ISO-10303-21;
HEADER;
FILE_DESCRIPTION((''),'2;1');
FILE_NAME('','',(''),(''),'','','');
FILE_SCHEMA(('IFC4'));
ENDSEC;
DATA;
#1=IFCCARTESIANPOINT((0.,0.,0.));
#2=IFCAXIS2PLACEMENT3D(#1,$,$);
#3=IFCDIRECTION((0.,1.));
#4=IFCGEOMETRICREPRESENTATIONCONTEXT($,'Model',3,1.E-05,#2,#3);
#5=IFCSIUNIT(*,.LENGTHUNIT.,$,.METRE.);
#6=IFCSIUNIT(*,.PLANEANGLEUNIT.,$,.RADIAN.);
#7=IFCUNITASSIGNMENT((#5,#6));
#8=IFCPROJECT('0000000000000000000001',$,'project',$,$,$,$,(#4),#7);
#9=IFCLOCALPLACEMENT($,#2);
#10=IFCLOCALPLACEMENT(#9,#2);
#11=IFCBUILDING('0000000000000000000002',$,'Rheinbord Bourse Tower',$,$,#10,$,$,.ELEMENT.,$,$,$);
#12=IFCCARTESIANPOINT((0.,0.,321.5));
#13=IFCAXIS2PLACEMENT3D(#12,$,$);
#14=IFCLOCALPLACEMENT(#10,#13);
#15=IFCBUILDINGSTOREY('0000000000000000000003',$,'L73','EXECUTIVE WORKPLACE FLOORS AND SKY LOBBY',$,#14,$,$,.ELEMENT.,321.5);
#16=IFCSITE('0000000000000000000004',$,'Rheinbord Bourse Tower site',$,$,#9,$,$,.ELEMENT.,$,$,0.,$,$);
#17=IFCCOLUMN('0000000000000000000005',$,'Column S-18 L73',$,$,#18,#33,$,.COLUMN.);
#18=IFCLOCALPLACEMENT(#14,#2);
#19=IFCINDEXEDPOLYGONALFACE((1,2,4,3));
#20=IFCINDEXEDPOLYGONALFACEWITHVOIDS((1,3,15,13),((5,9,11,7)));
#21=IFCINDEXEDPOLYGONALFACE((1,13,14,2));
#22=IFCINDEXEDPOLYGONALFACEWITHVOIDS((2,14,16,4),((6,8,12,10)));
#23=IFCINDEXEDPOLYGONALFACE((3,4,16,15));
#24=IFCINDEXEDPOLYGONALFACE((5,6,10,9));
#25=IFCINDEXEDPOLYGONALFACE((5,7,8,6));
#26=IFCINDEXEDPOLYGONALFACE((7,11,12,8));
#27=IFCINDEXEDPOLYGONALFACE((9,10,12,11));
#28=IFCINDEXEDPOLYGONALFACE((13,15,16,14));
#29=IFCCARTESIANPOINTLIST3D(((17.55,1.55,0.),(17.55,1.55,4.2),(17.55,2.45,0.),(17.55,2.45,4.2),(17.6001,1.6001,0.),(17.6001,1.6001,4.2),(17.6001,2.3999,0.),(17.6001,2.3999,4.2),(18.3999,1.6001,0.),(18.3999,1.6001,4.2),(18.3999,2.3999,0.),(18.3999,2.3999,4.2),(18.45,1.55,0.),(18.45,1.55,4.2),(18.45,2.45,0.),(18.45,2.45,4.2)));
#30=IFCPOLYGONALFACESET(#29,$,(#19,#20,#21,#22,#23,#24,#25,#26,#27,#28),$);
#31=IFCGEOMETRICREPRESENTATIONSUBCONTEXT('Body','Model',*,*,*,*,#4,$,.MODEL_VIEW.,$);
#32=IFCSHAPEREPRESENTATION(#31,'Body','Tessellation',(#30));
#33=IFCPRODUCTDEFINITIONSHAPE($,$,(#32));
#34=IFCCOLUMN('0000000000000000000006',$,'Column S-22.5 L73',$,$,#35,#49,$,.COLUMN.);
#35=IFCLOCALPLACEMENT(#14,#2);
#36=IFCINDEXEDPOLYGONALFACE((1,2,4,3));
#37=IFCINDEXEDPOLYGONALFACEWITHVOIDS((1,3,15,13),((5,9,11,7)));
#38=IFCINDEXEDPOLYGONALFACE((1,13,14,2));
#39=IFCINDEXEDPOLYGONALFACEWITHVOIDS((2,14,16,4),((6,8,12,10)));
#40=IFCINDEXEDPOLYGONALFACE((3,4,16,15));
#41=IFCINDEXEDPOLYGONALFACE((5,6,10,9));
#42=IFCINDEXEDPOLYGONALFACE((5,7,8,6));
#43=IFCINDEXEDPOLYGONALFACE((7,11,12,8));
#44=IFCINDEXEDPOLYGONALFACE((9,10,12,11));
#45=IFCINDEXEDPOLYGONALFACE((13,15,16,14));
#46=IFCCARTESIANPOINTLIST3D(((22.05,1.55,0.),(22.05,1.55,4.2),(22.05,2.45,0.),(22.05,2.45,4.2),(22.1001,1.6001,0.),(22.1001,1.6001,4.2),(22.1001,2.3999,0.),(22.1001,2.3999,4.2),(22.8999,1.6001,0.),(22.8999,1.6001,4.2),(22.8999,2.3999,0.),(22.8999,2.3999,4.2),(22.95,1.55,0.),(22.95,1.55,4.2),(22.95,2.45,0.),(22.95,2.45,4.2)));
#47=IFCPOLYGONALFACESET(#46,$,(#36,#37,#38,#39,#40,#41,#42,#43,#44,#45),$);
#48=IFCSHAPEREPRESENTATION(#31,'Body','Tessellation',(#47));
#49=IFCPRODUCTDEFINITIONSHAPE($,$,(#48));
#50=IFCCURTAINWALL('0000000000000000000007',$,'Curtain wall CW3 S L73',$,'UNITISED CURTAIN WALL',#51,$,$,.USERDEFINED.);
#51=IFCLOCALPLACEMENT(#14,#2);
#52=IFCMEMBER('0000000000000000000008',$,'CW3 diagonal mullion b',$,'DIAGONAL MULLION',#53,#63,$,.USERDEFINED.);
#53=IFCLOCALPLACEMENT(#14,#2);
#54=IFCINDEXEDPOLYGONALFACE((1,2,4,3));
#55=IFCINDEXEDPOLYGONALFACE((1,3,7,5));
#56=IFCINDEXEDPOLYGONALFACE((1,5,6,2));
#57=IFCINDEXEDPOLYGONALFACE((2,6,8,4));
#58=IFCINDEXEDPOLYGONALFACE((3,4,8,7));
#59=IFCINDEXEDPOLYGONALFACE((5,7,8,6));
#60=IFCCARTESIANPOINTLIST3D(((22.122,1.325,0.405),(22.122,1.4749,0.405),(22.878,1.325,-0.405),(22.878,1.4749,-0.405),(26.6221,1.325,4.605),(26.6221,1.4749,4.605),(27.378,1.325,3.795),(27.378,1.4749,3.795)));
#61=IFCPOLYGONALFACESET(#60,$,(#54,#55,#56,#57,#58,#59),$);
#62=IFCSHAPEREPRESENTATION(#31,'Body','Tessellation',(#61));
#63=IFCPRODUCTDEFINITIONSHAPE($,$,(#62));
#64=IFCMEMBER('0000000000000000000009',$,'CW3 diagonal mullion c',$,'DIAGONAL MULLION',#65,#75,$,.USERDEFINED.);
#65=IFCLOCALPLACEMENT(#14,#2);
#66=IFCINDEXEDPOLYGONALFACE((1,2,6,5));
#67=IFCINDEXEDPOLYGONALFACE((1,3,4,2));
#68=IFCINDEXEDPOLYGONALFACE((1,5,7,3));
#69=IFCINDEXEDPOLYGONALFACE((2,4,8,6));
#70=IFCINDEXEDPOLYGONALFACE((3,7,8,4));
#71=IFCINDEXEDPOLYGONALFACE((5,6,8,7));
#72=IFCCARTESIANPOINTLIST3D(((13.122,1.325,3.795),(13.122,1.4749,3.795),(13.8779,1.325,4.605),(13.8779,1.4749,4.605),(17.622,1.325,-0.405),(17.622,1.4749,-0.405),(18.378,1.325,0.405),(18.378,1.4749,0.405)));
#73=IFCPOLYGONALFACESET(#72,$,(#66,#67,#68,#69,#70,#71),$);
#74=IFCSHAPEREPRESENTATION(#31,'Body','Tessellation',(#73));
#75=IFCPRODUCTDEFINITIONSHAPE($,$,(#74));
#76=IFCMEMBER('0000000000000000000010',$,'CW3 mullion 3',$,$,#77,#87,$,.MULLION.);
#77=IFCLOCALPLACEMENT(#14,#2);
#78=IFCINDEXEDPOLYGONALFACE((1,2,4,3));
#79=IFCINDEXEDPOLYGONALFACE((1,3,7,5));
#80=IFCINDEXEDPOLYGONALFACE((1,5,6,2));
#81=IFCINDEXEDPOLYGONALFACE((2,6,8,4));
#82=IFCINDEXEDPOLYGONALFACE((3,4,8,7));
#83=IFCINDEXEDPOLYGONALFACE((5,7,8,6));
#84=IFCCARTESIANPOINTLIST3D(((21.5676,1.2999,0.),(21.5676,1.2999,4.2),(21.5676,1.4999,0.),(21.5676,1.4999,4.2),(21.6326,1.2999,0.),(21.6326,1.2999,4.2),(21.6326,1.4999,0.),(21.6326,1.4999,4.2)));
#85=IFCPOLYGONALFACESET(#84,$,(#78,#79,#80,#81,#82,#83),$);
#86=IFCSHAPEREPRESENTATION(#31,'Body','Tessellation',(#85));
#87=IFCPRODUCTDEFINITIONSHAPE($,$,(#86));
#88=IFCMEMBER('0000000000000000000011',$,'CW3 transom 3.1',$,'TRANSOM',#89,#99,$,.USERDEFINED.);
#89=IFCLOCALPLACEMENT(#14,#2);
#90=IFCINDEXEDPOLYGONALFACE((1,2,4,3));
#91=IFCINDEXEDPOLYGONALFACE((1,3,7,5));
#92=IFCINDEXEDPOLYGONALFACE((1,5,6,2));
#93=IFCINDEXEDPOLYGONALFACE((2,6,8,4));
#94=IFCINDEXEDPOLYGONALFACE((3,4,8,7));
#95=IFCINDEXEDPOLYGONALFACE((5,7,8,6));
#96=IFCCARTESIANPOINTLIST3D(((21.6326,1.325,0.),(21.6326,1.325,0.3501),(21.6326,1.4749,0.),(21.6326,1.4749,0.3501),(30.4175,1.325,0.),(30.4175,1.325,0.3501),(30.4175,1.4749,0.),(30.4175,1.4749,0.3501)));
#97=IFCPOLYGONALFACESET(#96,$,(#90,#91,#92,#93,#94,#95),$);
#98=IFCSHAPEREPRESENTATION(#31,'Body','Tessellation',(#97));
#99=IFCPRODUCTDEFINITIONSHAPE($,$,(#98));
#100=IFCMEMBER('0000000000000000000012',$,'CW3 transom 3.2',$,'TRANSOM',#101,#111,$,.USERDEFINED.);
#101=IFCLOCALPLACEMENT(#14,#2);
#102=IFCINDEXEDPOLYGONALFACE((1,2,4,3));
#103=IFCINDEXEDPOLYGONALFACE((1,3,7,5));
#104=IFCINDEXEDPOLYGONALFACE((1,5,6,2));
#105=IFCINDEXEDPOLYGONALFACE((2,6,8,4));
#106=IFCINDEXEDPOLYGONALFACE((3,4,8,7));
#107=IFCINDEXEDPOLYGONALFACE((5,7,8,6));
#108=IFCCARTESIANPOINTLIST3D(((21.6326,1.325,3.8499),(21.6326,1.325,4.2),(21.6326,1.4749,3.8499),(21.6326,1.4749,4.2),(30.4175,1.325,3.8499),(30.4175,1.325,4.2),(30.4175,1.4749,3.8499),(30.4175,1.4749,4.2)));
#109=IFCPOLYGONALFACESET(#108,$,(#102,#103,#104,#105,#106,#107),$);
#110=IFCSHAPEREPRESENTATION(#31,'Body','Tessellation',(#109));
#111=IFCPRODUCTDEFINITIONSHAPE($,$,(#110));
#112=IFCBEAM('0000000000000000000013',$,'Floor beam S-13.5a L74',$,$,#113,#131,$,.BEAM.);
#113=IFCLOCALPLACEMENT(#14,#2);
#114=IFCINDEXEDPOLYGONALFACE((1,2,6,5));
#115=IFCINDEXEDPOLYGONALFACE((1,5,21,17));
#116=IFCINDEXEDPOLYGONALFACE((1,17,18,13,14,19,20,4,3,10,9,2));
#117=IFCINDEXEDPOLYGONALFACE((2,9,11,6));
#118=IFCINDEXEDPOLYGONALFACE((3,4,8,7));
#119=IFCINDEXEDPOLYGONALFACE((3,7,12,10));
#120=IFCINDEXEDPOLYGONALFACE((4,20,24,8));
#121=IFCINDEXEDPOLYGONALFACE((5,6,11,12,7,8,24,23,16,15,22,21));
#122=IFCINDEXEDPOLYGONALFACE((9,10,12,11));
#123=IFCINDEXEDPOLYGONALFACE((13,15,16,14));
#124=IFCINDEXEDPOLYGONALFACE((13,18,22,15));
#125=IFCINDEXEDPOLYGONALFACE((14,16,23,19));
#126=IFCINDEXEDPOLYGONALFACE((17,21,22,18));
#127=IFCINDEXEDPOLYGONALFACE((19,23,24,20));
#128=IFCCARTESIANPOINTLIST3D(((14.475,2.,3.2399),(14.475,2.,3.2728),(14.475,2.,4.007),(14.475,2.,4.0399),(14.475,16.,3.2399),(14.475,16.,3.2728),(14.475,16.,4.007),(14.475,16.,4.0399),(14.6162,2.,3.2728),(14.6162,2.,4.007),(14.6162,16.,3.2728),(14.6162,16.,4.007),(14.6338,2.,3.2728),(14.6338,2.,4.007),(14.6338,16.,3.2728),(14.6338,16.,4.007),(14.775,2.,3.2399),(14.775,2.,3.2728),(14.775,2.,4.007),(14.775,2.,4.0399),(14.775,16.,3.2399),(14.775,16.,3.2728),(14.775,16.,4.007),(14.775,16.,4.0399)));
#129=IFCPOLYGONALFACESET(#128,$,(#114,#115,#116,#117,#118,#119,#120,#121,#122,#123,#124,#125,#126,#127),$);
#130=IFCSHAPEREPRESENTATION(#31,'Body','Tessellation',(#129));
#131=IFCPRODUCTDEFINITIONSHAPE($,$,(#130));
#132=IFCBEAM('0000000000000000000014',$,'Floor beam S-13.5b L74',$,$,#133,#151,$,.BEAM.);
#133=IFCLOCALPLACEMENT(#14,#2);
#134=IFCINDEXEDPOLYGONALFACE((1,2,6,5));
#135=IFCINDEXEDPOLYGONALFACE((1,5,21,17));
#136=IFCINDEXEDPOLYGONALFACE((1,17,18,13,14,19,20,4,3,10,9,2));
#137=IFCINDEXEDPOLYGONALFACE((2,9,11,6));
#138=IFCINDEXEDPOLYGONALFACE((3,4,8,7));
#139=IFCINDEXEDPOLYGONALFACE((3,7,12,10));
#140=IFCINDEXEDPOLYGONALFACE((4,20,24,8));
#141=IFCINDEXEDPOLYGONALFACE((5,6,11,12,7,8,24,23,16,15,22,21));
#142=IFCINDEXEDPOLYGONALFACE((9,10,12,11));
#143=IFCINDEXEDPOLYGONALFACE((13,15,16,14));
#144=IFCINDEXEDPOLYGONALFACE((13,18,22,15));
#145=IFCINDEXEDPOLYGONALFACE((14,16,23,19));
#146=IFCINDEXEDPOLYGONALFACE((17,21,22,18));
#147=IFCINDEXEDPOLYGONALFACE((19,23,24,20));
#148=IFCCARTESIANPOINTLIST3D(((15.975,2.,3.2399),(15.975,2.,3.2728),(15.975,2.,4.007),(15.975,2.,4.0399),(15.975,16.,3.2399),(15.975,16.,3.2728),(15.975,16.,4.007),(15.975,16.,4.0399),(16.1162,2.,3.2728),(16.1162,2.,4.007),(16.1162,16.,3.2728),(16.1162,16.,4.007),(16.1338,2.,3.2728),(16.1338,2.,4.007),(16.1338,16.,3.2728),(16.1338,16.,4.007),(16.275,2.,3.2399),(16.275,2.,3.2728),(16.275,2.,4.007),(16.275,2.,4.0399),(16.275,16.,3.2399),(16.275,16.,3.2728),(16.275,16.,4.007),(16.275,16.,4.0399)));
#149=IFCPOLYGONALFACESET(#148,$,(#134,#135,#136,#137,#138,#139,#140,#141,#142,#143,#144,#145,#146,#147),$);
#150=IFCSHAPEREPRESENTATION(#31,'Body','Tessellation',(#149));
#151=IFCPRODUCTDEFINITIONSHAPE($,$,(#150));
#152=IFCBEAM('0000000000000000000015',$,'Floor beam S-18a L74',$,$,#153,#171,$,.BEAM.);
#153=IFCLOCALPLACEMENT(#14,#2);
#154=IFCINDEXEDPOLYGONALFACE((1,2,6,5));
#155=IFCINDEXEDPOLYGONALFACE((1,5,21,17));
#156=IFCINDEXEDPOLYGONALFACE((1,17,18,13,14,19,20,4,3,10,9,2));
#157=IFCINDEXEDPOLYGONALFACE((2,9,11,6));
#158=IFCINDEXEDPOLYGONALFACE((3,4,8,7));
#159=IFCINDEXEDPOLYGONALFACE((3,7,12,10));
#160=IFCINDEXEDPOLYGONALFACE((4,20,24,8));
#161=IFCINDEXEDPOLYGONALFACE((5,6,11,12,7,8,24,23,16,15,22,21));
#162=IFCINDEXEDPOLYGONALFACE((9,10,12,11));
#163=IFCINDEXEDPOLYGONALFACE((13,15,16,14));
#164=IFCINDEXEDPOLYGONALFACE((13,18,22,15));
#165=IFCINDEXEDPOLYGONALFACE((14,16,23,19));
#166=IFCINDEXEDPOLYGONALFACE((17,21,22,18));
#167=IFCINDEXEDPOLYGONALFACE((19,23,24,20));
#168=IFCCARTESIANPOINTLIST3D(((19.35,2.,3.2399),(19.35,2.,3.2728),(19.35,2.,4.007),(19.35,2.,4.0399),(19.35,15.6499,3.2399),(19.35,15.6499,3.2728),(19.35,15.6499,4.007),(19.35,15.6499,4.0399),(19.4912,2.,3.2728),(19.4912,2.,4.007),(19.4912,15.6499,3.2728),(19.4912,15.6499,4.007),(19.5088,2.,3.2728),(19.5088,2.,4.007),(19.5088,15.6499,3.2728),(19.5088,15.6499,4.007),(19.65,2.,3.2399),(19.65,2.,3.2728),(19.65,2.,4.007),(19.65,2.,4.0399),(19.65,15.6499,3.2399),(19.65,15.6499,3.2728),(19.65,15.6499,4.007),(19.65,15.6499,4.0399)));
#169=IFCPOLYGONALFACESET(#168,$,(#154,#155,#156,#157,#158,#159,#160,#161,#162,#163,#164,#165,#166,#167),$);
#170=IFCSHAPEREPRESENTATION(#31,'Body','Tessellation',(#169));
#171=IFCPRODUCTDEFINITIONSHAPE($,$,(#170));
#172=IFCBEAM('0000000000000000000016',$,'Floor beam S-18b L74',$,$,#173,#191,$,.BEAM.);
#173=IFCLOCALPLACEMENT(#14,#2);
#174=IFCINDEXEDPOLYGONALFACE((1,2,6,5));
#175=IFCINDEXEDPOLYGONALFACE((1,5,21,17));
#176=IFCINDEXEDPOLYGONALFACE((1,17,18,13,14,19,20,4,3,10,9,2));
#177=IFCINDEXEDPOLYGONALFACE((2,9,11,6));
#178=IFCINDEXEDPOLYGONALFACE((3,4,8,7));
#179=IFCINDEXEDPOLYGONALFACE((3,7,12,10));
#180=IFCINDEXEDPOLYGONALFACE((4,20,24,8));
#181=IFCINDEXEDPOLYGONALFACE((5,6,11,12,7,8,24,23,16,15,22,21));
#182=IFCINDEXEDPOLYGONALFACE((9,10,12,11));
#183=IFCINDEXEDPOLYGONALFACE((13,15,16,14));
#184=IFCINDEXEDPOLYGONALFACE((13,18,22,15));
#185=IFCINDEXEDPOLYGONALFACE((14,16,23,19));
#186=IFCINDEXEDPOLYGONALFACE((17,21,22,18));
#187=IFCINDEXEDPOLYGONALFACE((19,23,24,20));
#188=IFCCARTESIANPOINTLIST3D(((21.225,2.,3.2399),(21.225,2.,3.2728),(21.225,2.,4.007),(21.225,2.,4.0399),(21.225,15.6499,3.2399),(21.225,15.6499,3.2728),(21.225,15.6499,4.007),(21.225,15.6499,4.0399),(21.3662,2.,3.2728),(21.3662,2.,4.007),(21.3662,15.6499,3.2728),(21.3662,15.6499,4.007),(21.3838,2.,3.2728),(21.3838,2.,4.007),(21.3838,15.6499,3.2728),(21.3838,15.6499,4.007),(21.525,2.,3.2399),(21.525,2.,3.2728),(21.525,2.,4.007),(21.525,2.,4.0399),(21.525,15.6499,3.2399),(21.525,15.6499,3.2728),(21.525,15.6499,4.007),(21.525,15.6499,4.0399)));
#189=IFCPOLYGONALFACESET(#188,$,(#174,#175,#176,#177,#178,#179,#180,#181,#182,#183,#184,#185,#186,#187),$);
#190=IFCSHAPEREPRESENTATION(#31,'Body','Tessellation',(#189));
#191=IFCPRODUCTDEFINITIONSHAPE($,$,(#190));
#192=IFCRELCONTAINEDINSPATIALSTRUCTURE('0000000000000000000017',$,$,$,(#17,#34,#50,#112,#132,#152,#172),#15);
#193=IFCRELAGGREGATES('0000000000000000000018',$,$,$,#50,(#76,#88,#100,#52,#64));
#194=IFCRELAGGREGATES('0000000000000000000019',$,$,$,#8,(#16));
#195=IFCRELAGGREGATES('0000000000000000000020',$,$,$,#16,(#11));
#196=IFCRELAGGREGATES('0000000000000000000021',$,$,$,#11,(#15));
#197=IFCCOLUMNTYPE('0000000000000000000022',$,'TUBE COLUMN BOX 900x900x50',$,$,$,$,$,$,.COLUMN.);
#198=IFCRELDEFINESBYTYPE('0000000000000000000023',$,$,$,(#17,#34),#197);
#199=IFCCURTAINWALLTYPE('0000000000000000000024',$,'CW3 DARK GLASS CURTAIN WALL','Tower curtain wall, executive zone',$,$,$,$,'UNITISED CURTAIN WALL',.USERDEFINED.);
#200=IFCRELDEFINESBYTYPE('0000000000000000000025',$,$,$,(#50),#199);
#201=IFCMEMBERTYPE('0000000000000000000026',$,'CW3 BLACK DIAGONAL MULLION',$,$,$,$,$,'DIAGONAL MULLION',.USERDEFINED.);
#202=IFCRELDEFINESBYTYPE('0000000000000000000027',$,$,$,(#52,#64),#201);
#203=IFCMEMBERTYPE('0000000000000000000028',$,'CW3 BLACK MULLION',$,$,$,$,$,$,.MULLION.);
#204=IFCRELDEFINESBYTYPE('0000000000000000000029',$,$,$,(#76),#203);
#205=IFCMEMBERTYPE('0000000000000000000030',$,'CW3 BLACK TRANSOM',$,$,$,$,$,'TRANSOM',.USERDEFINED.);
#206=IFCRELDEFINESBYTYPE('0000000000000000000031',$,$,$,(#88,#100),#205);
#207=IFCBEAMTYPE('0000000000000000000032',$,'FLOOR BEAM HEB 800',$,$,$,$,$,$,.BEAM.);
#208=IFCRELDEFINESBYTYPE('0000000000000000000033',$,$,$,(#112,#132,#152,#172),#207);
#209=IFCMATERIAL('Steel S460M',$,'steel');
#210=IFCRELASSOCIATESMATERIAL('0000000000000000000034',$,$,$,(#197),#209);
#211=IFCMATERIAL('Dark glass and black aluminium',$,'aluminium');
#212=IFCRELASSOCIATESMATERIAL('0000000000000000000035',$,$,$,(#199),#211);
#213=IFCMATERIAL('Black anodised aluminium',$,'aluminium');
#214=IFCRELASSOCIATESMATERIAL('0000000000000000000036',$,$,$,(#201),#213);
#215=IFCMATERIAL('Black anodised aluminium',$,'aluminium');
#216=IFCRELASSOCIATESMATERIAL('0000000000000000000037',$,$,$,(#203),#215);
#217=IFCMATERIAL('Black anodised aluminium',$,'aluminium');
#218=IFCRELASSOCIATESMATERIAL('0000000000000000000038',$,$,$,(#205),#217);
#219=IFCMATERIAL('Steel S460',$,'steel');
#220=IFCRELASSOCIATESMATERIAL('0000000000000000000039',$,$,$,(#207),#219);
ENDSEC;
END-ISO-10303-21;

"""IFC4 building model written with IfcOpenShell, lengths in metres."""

from ifc_helpers import new_model, si_unit, direction, frame, origin, origin_2d, place, context, subcontext, project, spatial, rectangle, hollow_rectangle, i_section, extrude, material, material_profile, profile_set, type_object, element, aggregate, save


model = new_model("IFC4")

# Units and contexts
model_context = context("Model", 3, precision=1e-05, world=origin(), true_north=direction((0.0, 1.0)))
body_context = subcontext(model_context, "Body", "Model", "MODEL_VIEW")
ifc_project = project(units=[si_unit("LENGTHUNIT", "METRE"), si_unit("PLANEANGLEUNIT", "RADIAN")], contexts=[model_context])

# Site, building, storey
site_placement = place(None, origin())
site = spatial("IfcSite", under=ifc_project, at=site_placement, Name="Rheinbord Bourse Tower site", CompositionType="ELEMENT", RefElevation=0.0)
building_placement = place(site_placement, origin())
building = spatial("IfcBuilding", under=site, at=building_placement, Name="Rheinbord Bourse Tower", CompositionType="ELEMENT")
storey_placement = place(building_placement, frame((0.0, 0.0, 321.5)))
storey = spatial("IfcBuildingStorey", under=building, at=storey_placement, Name="L73", Description="EXECUTIVE WORKPLACE FLOORS AND SKY LOBBY", CompositionType="ELEMENT", Elevation=321.5)

# Columns
ifc_material_1 = material(Name="Steel S460M", Category="steel")
ifc_material_profile_1 = material_profile(ifc_material_1, hollow_rectangle(XDim=0.8999, YDim=0.8999, WallThickness=0.05, at=origin_2d()), Name="BOX 900x900x50")
ifc_profile_set_1 = profile_set([ifc_material_profile_1], Name="Steel S460M")
column_type = type_object("IfcColumnType", Name="TUBE COLUMN BOX 900x900x50", PredefinedType="COLUMN", material=ifc_profile_set_1)
for number, where, z_axis, x_axis, name in (
    (1, (18.0, 2.0, 0.0), (0.0, 0.0, 1.0), (0.0, 1.0, 0.0), "Column S-18 L73"),
    (2, (22.5, 2.0, 0.0), (0.0, 0.0, 1.0), (0.0, 1.0, 0.0), "Column S-22.5 L73"),
):
    element("IfcColumn", number, at=place(storey_placement, frame(where, z_axis=z_axis, x_axis=x_axis)), inside=storey, type_object=column_type, Name=name, PredefinedType="COLUMN", context=body_context, shape_type="SweptSolid", body=[
        extrude(hollow_rectangle(XDim=0.8999, YDim=0.8999, WallThickness=0.05, at=origin_2d()), origin(), (0.0, 0.0, 1.0), 4.2),
    ])

# Curtain wall, members
ifc_material_2 = material(Name="Dark glass and black aluminium", Category="aluminium")
curtain_wall_type = type_object("IfcCurtainWallType", Name="CW3 DARK GLASS CURTAIN WALL", Description="Tower curtain wall, executive zone", ElementType="UNITISED CURTAIN WALL", PredefinedType="USERDEFINED", material=ifc_material_2)
curtain_wall_placement = place(storey_placement, origin())
curtain_wall = element("IfcCurtainWall", 3, at=curtain_wall_placement, inside=storey, type_object=curtain_wall_type, Name="Curtain wall CW3 S L73", ObjectType="UNITISED CURTAIN WALL", PredefinedType="USERDEFINED")
ifc_material_3 = material(Name="Black anodised aluminium", Category="aluminium")
ifc_material_profile_2 = material_profile(ifc_material_3, rectangle(XDim=0.1499, YDim=1.1079, at=origin_2d()), Name="CW3 DIAGONAL MULLION 1108x150")
ifc_profile_set_2 = profile_set([ifc_material_profile_2], Name="Black anodised aluminium")
member_type_1 = type_object("IfcMemberType", Name="CW3 BLACK DIAGONAL MULLION", ElementType="DIAGONAL MULLION", PredefinedType="USERDEFINED", material=ifc_profile_set_2)
member_1_placement = place(storey_placement, frame((22.5, 1.3999, 0.0), z_axis=(0.731059, 0.0, 0.682314), x_axis=(0.0, 1.0, 0.0)))
member_1 = element("IfcMember", 4, at=member_1_placement, type_object=member_type_1, Name="CW3 diagonal mullion b", ObjectType="DIAGONAL MULLION", PredefinedType="USERDEFINED", context=body_context, shape_type="SweptSolid", body=[
    extrude(rectangle(XDim=0.1499, YDim=1.1079, at=origin_2d()), origin(), (0.0, 0.0, 1.0), 6.1555),
])
member_2_placement = place(storey_placement, frame((18.0, 1.3999, 0.0), z_axis=(-0.731059, 0.0, 0.682314), x_axis=(0.0, -1.0, 0.0)))
member_2 = element("IfcMember", 5, at=member_2_placement, type_object=member_type_1, Name="CW3 diagonal mullion c", ObjectType="DIAGONAL MULLION", PredefinedType="USERDEFINED", context=body_context, shape_type="SweptSolid", body=[
    extrude(rectangle(XDim=0.1499, YDim=1.1079, at=origin_2d()), origin(), (0.0, 0.0, 1.0), 6.1555),
])
ifc_material_4 = material(Name="Black anodised aluminium", Category="aluminium")
ifc_material_profile_3 = material_profile(ifc_material_4, rectangle(XDim=0.2, YDim=0.0649, at=origin_2d()), Name="CW3 MULLION 65x200")
ifc_profile_set_3 = profile_set([ifc_material_profile_3], Name="Black anodised aluminium")
member_type_2 = type_object("IfcMemberType", Name="CW3 BLACK MULLION", PredefinedType="MULLION", material=ifc_profile_set_3)
member_3_placement = place(storey_placement, frame((21.6001, 1.3999, 0.0), z_axis=(0.0, 0.0, 1.0), x_axis=(0.0, 1.0, 0.0)))
member_3 = element("IfcMember", 6, at=member_3_placement, type_object=member_type_2, Name="CW3 mullion 3", PredefinedType="MULLION", context=body_context, shape_type="SweptSolid", body=[
    extrude(rectangle(XDim=0.2, YDim=0.0649, at=origin_2d()), origin(), (0.0, 0.0, 1.0), 4.2),
])
ifc_material_5 = material(Name="Black anodised aluminium", Category="aluminium")
ifc_material_profile_4 = material_profile(ifc_material_5, rectangle(XDim=0.1499, YDim=0.3501, at=origin_2d()), Name="CW3 TRANSOM 350x150")
ifc_profile_set_4 = profile_set([ifc_material_profile_4], Name="Black anodised aluminium")
member_type_3 = type_object("IfcMemberType", Name="CW3 BLACK TRANSOM", ElementType="TRANSOM", PredefinedType="USERDEFINED", material=ifc_profile_set_4)
member_4_placement = place(storey_placement, frame((21.6326, 1.3999, 0.175), z_axis=(1.0, 0.0, 0.0), x_axis=(0.0, 1.0, 0.0)))
member_4 = element("IfcMember", 7, at=member_4_placement, type_object=member_type_3, Name="CW3 transom 3.1", ObjectType="TRANSOM", PredefinedType="USERDEFINED", context=body_context, shape_type="SweptSolid", body=[
    extrude(rectangle(XDim=0.1499, YDim=0.3501, at=origin_2d()), origin(), (0.0, 0.0, 1.0), 8.7849),
])
member_5_placement = place(storey_placement, frame((21.6326, 1.3999, 4.0249), z_axis=(1.0, 0.0, 0.0), x_axis=(0.0, 1.0, 0.0)))
member_5 = element("IfcMember", 8, at=member_5_placement, type_object=member_type_3, Name="CW3 transom 3.2", ObjectType="TRANSOM", PredefinedType="USERDEFINED", context=body_context, shape_type="SweptSolid", body=[
    extrude(rectangle(XDim=0.1499, YDim=0.3501, at=origin_2d()), origin(), (0.0, 0.0, 1.0), 8.7849),
])

# Beams
ifc_material_6 = material(Name="Steel S460", Category="steel")
ifc_material_profile_5 = material_profile(ifc_material_6, i_section(OverallWidth=0.3, OverallDepth=0.8, WebThickness=0.0176, FlangeThickness=0.033, at=origin_2d()), Name="HEB 800")
ifc_profile_set_5 = profile_set([ifc_material_profile_5], Name="Steel S460")
beam_type_1 = type_object("IfcBeamType", Name="FLOOR BEAM HEB 800", PredefinedType="BEAM", material=ifc_profile_set_5)
for number, where, z_axis, x_axis, name in (
    (9, (14.625, 2.0, 3.6399), (0.0, 1.0, 0.0), (-1.0, 0.0, 0.0), "Floor beam S-13.5a L74"),
    (10, (16.125, 2.0, 3.6399), (0.0, 1.0, 0.0), (-1.0, 0.0, 0.0), "Floor beam S-13.5b L74"),
):
    element("IfcBeam", number, at=place(storey_placement, frame(where, z_axis=z_axis, x_axis=x_axis)), inside=storey, type_object=beam_type_1, Name=name, PredefinedType="BEAM", context=body_context, shape_type="SweptSolid", body=[
        extrude(i_section(OverallWidth=0.3, OverallDepth=0.8, WebThickness=0.0176, FlangeThickness=0.033, at=origin_2d()), origin(), (0.0, 0.0, 1.0), 14.0),
    ])
for number, where, z_axis, x_axis, name in (
    (11, (19.5, 2.0, 3.6399), (0.0, 1.0, 0.0), (-1.0, 0.0, 0.0), "Floor beam S-18a L74"),
    (12, (21.375, 2.0, 3.6399), (0.0, 1.0, 0.0), (-1.0, 0.0, 0.0), "Floor beam S-18b L74"),
):
    element("IfcBeam", number, at=place(storey_placement, frame(where, z_axis=z_axis, x_axis=x_axis)), inside=storey, type_object=beam_type_1, Name=name, PredefinedType="BEAM", context=body_context, shape_type="SweptSolid", body=[
        extrude(i_section(OverallWidth=0.3, OverallDepth=0.8, WebThickness=0.0176, FlangeThickness=0.033, at=origin_2d()), origin(), (0.0, 0.0, 1.0), 13.6499),
    ])

aggregate(curtain_wall, [member_3, member_4, member_5, member_1, member_2])

save(model, "model.ifc")
